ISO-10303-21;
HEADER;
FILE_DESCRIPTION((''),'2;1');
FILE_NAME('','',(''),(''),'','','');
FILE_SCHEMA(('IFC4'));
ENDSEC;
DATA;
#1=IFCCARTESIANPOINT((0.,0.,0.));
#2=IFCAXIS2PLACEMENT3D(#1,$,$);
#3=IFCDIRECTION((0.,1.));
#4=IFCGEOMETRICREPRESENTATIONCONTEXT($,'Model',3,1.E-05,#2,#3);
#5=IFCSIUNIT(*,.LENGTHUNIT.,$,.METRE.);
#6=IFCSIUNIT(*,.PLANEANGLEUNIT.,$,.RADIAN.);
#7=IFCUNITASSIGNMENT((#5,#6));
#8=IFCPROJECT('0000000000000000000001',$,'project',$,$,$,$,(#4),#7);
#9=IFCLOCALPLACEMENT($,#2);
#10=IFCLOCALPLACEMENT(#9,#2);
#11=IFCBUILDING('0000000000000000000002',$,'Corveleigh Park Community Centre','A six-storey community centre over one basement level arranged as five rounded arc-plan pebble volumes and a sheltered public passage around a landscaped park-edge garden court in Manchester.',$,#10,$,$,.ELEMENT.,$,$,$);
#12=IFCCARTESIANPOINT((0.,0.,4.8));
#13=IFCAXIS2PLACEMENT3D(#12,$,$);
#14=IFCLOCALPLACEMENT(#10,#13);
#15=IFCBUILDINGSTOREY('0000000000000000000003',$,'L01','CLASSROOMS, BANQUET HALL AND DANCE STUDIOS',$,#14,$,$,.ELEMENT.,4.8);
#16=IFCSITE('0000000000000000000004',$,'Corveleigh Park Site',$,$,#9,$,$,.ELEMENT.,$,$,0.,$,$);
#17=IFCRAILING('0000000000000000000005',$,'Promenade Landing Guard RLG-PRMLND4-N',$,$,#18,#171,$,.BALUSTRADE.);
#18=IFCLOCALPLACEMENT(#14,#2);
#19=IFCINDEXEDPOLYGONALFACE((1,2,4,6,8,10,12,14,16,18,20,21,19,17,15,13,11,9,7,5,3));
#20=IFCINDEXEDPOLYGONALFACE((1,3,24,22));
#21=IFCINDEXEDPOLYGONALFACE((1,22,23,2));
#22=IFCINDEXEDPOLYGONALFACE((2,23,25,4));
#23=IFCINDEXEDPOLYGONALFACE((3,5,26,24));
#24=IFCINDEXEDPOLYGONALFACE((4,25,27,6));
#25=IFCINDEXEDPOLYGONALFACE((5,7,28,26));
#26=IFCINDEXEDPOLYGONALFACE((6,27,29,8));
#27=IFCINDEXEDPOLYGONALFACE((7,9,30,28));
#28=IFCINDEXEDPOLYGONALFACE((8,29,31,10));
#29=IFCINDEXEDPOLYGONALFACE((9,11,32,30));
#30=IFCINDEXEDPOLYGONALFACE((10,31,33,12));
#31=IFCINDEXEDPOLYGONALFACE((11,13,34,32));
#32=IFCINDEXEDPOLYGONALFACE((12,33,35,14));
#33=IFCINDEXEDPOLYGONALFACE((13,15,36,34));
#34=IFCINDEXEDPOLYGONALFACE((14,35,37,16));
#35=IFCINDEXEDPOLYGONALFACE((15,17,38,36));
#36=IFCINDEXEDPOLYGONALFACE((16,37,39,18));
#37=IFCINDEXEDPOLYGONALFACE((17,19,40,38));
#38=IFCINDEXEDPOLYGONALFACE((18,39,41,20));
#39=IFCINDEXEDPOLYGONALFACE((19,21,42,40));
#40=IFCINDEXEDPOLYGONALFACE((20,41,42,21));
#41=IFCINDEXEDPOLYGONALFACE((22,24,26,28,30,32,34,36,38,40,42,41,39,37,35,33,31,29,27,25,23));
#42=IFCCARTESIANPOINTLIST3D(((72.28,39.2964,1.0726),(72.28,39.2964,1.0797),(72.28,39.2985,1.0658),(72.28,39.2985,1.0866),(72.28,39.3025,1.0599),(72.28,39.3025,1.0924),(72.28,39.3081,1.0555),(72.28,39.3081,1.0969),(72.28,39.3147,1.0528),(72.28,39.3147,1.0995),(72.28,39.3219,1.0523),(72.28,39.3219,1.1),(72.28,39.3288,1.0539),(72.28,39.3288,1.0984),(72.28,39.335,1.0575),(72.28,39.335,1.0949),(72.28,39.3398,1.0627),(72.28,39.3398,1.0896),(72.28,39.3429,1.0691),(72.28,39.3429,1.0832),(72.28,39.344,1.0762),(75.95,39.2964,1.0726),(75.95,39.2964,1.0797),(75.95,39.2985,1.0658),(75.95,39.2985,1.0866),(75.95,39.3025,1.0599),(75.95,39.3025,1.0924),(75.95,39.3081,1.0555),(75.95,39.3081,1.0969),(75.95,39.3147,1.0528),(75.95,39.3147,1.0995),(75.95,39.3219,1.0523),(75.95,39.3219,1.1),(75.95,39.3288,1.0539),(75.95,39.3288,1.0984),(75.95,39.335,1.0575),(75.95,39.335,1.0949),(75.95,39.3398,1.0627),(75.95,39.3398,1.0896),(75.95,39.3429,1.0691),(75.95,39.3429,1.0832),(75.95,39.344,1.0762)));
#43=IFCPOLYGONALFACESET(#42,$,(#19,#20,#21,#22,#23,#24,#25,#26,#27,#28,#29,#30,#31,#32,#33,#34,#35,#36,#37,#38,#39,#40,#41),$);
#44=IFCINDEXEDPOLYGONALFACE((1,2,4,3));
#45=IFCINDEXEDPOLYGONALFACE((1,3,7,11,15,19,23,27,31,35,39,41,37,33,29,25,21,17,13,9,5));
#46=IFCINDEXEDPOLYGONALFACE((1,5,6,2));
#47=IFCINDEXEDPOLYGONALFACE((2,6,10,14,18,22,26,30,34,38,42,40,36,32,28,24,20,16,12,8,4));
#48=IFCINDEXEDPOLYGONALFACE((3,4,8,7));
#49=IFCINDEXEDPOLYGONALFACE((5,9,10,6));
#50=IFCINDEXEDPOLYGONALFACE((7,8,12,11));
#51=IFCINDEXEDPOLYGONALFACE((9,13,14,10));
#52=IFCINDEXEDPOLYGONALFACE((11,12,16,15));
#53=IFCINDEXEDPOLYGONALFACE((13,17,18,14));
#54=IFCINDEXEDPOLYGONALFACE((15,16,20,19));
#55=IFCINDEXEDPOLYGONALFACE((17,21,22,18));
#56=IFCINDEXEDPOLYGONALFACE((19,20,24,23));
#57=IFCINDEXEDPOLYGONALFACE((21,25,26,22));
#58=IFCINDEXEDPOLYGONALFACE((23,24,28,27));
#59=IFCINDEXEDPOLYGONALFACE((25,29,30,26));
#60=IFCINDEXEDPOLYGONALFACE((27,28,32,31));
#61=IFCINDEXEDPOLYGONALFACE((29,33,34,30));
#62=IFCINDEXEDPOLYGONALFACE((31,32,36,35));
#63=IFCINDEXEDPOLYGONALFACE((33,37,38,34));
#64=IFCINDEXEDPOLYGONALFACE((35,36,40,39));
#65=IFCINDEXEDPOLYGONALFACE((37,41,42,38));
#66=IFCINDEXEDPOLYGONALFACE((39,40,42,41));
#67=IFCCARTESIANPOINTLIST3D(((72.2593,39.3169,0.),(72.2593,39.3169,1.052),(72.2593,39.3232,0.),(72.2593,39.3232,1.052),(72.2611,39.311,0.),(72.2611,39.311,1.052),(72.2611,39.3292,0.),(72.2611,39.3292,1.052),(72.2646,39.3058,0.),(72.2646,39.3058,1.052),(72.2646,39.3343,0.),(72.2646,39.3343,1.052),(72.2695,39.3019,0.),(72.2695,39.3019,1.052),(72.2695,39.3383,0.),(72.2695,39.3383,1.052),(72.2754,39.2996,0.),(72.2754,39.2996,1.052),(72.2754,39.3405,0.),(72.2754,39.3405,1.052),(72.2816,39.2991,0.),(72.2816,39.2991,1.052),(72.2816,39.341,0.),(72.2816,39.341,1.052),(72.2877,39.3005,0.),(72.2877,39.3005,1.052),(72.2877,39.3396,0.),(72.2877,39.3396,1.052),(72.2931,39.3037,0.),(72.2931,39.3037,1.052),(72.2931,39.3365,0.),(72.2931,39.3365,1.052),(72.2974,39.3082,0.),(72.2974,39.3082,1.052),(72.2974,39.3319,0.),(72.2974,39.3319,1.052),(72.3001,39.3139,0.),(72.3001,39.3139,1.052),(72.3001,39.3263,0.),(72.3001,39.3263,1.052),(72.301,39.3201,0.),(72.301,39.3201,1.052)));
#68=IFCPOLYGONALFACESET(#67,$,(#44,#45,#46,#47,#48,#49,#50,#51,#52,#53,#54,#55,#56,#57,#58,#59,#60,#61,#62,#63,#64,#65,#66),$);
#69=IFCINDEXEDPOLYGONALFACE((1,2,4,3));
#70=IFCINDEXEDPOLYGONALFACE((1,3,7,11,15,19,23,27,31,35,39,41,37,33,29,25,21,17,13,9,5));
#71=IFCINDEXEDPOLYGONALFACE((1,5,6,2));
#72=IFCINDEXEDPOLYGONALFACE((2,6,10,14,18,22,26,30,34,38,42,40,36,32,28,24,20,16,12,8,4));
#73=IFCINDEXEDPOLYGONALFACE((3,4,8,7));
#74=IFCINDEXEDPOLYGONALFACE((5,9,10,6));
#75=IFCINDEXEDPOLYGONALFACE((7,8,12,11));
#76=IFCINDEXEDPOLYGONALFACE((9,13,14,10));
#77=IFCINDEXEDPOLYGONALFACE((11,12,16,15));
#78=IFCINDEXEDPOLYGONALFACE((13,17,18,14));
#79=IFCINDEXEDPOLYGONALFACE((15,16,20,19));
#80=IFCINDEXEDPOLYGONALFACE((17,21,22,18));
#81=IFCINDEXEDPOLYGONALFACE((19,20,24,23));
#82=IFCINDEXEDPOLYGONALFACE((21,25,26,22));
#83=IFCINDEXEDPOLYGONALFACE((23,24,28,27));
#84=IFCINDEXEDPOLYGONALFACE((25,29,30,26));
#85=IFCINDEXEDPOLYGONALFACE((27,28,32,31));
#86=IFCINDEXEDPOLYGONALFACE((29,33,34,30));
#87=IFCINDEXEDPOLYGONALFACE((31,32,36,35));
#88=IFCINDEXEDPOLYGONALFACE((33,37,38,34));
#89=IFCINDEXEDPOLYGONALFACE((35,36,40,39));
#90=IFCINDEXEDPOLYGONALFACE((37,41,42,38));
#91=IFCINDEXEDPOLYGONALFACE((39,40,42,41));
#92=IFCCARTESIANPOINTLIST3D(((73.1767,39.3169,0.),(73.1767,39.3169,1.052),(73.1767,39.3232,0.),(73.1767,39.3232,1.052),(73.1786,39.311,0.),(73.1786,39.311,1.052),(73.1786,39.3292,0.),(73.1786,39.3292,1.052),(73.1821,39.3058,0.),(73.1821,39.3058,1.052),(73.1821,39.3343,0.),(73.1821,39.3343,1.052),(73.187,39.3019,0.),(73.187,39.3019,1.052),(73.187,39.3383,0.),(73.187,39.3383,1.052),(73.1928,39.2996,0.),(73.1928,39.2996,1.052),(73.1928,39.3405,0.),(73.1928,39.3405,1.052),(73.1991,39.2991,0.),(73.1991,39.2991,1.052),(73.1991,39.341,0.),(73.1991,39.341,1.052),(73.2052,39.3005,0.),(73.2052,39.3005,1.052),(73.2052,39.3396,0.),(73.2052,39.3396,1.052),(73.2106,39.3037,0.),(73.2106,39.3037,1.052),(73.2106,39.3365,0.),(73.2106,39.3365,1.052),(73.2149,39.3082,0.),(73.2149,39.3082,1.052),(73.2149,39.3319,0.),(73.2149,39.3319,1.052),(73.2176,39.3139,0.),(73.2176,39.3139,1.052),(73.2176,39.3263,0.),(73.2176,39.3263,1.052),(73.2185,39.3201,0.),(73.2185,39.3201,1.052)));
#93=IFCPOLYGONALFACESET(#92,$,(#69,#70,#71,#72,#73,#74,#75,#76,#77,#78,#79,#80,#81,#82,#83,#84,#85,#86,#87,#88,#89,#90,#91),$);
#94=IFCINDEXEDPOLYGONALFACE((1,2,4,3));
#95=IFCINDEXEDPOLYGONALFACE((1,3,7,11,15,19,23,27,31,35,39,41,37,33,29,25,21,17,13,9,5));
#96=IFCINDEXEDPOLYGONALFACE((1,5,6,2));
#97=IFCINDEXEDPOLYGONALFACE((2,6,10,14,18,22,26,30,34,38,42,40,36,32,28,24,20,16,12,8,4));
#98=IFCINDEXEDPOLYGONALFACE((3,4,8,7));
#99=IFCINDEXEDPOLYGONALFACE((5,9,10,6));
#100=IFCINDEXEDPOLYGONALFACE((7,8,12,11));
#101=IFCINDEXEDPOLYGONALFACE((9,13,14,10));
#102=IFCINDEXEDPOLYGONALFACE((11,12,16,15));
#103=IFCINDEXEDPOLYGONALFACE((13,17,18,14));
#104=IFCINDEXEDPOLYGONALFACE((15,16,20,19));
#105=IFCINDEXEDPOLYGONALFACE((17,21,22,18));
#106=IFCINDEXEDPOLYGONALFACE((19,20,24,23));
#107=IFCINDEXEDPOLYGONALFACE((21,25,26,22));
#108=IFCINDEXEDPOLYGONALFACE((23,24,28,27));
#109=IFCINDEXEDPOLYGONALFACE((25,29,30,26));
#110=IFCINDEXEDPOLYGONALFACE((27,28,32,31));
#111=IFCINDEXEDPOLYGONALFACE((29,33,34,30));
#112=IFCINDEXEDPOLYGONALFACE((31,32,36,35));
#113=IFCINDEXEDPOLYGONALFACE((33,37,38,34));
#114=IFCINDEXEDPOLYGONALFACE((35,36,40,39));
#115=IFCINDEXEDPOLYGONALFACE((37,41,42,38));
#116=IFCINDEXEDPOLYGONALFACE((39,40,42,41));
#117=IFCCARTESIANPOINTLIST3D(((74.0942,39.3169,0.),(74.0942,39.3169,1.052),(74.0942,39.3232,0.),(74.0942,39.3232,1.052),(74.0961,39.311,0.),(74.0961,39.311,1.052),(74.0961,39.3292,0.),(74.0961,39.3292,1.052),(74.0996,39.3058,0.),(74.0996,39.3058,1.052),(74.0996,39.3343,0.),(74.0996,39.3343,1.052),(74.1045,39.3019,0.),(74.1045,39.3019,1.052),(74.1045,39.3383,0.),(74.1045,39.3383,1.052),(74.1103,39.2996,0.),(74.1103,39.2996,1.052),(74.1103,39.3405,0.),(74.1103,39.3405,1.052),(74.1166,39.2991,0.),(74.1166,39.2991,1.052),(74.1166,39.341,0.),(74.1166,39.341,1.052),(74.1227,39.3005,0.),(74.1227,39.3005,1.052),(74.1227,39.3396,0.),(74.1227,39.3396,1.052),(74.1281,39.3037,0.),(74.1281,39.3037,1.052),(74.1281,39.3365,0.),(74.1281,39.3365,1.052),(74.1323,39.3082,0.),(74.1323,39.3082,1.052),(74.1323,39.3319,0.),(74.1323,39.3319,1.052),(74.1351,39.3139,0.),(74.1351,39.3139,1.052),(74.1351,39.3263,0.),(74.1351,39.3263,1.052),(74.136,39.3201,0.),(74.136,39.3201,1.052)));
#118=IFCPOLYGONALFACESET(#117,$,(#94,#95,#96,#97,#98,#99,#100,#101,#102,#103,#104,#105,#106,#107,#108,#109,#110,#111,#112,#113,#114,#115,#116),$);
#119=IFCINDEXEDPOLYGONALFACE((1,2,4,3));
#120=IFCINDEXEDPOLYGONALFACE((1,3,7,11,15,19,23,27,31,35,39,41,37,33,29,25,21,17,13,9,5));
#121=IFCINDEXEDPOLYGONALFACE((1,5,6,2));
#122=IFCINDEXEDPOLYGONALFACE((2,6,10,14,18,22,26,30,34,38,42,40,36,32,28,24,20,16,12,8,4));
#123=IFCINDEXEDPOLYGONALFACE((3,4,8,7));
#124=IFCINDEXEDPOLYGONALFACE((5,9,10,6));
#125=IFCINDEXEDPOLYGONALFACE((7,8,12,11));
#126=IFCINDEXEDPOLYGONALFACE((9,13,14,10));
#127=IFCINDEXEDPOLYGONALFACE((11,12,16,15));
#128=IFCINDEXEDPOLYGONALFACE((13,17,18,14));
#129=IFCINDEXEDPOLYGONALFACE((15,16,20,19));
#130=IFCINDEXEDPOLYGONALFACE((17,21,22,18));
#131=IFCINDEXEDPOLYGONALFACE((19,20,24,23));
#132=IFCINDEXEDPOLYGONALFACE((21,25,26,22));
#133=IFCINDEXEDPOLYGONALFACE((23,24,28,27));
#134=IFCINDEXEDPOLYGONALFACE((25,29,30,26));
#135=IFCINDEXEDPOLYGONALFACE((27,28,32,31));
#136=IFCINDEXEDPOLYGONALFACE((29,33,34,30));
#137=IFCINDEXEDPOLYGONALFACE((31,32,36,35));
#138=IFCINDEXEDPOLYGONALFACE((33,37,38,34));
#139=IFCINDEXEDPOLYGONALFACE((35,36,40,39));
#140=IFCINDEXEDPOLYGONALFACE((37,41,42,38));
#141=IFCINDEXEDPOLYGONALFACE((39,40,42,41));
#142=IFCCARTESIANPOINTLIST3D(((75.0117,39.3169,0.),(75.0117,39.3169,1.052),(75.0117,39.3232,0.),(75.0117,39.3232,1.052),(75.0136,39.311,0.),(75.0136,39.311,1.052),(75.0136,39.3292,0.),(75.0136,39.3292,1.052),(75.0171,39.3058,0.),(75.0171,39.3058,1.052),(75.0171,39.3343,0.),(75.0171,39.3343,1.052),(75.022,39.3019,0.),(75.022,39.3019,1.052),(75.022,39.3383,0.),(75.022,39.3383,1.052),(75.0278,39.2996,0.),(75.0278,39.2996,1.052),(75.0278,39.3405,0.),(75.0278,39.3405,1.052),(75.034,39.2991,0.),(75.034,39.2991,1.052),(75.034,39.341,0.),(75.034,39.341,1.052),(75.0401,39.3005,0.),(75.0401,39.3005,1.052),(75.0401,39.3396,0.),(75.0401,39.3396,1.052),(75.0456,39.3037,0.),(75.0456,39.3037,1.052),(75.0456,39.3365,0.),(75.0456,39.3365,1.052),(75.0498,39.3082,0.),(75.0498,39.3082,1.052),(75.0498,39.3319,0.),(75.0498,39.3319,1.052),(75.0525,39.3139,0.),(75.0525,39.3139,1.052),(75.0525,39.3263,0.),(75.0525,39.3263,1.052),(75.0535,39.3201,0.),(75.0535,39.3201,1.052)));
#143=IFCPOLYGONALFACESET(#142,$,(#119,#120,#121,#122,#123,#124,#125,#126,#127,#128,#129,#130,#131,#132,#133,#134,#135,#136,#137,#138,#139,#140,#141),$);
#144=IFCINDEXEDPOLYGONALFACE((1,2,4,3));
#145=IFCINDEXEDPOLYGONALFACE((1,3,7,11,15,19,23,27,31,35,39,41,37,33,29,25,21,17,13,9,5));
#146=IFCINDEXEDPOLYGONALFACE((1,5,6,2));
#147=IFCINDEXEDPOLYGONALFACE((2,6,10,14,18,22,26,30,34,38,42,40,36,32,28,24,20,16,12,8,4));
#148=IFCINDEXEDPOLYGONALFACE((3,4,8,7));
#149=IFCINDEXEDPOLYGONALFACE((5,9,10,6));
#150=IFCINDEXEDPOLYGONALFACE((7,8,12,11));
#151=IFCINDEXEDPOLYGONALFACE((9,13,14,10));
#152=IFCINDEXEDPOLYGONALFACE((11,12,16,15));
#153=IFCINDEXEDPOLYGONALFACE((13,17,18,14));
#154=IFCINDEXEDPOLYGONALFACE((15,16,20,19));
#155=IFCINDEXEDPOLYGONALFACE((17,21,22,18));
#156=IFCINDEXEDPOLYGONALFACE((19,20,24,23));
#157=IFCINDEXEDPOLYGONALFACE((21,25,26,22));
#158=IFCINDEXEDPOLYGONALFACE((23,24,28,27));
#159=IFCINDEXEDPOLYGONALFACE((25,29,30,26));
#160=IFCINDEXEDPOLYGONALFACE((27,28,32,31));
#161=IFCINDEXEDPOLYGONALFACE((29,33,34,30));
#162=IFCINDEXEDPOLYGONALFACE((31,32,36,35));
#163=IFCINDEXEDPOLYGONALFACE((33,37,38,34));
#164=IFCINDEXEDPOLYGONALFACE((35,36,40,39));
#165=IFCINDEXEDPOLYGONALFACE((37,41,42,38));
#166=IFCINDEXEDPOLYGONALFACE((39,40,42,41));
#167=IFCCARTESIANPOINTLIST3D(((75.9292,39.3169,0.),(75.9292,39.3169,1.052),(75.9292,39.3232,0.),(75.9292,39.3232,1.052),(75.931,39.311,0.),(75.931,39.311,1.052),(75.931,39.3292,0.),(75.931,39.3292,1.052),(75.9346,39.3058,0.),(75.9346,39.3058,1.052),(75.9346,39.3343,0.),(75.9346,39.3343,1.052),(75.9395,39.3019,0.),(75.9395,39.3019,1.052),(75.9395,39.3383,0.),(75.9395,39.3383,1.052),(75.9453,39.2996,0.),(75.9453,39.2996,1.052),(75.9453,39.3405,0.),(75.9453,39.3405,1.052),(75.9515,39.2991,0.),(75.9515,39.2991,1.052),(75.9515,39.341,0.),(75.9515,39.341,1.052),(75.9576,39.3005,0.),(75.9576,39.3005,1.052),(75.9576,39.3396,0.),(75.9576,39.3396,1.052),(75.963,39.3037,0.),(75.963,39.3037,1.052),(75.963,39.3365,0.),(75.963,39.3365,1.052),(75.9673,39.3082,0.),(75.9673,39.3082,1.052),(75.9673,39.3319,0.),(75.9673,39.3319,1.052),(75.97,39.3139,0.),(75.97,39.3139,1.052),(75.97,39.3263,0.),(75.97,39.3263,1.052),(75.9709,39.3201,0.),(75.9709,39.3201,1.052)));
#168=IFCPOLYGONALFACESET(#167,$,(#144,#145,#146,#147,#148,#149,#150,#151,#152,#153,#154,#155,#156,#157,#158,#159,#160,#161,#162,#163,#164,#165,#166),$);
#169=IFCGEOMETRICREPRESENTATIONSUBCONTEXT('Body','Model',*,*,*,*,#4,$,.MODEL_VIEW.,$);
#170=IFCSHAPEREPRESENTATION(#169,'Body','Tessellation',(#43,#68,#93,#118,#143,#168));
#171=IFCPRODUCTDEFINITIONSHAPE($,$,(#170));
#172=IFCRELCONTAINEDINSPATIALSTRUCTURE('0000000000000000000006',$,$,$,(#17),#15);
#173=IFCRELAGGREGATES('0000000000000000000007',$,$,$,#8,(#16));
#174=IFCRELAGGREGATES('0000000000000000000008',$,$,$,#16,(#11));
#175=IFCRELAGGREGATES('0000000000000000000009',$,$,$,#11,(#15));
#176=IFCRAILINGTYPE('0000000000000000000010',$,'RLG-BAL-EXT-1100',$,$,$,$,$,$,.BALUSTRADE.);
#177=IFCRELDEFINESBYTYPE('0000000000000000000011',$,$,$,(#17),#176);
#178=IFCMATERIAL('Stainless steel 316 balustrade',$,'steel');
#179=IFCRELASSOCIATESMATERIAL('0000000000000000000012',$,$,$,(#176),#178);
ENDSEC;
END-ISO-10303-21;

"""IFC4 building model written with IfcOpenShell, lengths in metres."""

from ifc_helpers import new_model, si_unit, direction, frame, origin, origin_2d, place, context, subcontext, project, spatial, circle, extrude, material, type_object, element, save


model = new_model("IFC4")

# Units and contexts
model_context = context("Model", 3, precision=1e-05, world=origin(), true_north=direction((0.0, 1.0)))
body_context = subcontext(model_context, "Body", "Model", "MODEL_VIEW")
ifc_project = project(units=[si_unit("LENGTHUNIT", "METRE"), si_unit("PLANEANGLEUNIT", "RADIAN")], contexts=[model_context])

# Site, building, storey
site_placement = place(None, origin())
site = spatial("IfcSite", under=ifc_project, at=site_placement, Name="Corveleigh Park Site", CompositionType="ELEMENT", RefElevation=0.0)
building_placement = place(site_placement, origin())
building = spatial("IfcBuilding", under=site, at=building_placement, Name="Corveleigh Park Community Centre", Description="A six-storey community centre over one basement level arranged as five rounded arc-plan pebble volumes and a sheltered public passage around a landscaped park-edge garden court in Manchester.", CompositionType="ELEMENT")
storey_placement = place(building_placement, frame((0.0, 0.0, 4.8)))
storey = spatial("IfcBuildingStorey", under=building, at=storey_placement, Name="L01", Description="CLASSROOMS, BANQUET HALL AND DANCE STUDIOS", CompositionType="ELEMENT", Elevation=4.8)

# Railing
ifc_material_1 = material(Name="Stainless steel 316 balustrade", Category="steel")
railing_type = type_object("IfcRailingType", Name="RLG-BAL-EXT-1100", PredefinedType="BALUSTRADE", material=ifc_material_1)
railing_1_placement = place(storey_placement, frame((72.28, 39.3201, 0.0)))
element("IfcRailing", 1, at=railing_1_placement, inside=storey, type_object=railing_type, Name="Promenade Landing Guard RLG-PRMLND4-N", PredefinedType="BALUSTRADE", context=body_context, shape_type="SweptSolid", body=[
    extrude(circle(Radius=0.0239, at=origin_2d()), frame((0.0, 0.0, 1.0762), z_axis=(1.0, 0.0, 0.0), x_axis=(0.0, 1.0, 0.0)), (0.0, 0.0, 1.0), 3.6699),
    extrude(circle(Radius=0.021, at=origin_2d()), origin(), (0.0, 0.0, 1.0), 1.052),
    extrude(circle(Radius=0.021, at=origin_2d()), frame((0.9175, 0.0, 0.0)), (0.0, 0.0, 1.0), 1.052),
    extrude(circle(Radius=0.021, at=origin_2d()), frame((1.835, 0.0, 0.0)), (0.0, 0.0, 1.0), 1.052),
    extrude(circle(Radius=0.021, at=origin_2d()), frame((2.7524, 0.0, 0.0)), (0.0, 0.0, 1.0), 1.052),
    extrude(circle(Radius=0.021, at=origin_2d()), frame((3.6699, 0.0, 0.0)), (0.0, 0.0, 1.0), 1.052),
])

save(model, "model.ifc")
